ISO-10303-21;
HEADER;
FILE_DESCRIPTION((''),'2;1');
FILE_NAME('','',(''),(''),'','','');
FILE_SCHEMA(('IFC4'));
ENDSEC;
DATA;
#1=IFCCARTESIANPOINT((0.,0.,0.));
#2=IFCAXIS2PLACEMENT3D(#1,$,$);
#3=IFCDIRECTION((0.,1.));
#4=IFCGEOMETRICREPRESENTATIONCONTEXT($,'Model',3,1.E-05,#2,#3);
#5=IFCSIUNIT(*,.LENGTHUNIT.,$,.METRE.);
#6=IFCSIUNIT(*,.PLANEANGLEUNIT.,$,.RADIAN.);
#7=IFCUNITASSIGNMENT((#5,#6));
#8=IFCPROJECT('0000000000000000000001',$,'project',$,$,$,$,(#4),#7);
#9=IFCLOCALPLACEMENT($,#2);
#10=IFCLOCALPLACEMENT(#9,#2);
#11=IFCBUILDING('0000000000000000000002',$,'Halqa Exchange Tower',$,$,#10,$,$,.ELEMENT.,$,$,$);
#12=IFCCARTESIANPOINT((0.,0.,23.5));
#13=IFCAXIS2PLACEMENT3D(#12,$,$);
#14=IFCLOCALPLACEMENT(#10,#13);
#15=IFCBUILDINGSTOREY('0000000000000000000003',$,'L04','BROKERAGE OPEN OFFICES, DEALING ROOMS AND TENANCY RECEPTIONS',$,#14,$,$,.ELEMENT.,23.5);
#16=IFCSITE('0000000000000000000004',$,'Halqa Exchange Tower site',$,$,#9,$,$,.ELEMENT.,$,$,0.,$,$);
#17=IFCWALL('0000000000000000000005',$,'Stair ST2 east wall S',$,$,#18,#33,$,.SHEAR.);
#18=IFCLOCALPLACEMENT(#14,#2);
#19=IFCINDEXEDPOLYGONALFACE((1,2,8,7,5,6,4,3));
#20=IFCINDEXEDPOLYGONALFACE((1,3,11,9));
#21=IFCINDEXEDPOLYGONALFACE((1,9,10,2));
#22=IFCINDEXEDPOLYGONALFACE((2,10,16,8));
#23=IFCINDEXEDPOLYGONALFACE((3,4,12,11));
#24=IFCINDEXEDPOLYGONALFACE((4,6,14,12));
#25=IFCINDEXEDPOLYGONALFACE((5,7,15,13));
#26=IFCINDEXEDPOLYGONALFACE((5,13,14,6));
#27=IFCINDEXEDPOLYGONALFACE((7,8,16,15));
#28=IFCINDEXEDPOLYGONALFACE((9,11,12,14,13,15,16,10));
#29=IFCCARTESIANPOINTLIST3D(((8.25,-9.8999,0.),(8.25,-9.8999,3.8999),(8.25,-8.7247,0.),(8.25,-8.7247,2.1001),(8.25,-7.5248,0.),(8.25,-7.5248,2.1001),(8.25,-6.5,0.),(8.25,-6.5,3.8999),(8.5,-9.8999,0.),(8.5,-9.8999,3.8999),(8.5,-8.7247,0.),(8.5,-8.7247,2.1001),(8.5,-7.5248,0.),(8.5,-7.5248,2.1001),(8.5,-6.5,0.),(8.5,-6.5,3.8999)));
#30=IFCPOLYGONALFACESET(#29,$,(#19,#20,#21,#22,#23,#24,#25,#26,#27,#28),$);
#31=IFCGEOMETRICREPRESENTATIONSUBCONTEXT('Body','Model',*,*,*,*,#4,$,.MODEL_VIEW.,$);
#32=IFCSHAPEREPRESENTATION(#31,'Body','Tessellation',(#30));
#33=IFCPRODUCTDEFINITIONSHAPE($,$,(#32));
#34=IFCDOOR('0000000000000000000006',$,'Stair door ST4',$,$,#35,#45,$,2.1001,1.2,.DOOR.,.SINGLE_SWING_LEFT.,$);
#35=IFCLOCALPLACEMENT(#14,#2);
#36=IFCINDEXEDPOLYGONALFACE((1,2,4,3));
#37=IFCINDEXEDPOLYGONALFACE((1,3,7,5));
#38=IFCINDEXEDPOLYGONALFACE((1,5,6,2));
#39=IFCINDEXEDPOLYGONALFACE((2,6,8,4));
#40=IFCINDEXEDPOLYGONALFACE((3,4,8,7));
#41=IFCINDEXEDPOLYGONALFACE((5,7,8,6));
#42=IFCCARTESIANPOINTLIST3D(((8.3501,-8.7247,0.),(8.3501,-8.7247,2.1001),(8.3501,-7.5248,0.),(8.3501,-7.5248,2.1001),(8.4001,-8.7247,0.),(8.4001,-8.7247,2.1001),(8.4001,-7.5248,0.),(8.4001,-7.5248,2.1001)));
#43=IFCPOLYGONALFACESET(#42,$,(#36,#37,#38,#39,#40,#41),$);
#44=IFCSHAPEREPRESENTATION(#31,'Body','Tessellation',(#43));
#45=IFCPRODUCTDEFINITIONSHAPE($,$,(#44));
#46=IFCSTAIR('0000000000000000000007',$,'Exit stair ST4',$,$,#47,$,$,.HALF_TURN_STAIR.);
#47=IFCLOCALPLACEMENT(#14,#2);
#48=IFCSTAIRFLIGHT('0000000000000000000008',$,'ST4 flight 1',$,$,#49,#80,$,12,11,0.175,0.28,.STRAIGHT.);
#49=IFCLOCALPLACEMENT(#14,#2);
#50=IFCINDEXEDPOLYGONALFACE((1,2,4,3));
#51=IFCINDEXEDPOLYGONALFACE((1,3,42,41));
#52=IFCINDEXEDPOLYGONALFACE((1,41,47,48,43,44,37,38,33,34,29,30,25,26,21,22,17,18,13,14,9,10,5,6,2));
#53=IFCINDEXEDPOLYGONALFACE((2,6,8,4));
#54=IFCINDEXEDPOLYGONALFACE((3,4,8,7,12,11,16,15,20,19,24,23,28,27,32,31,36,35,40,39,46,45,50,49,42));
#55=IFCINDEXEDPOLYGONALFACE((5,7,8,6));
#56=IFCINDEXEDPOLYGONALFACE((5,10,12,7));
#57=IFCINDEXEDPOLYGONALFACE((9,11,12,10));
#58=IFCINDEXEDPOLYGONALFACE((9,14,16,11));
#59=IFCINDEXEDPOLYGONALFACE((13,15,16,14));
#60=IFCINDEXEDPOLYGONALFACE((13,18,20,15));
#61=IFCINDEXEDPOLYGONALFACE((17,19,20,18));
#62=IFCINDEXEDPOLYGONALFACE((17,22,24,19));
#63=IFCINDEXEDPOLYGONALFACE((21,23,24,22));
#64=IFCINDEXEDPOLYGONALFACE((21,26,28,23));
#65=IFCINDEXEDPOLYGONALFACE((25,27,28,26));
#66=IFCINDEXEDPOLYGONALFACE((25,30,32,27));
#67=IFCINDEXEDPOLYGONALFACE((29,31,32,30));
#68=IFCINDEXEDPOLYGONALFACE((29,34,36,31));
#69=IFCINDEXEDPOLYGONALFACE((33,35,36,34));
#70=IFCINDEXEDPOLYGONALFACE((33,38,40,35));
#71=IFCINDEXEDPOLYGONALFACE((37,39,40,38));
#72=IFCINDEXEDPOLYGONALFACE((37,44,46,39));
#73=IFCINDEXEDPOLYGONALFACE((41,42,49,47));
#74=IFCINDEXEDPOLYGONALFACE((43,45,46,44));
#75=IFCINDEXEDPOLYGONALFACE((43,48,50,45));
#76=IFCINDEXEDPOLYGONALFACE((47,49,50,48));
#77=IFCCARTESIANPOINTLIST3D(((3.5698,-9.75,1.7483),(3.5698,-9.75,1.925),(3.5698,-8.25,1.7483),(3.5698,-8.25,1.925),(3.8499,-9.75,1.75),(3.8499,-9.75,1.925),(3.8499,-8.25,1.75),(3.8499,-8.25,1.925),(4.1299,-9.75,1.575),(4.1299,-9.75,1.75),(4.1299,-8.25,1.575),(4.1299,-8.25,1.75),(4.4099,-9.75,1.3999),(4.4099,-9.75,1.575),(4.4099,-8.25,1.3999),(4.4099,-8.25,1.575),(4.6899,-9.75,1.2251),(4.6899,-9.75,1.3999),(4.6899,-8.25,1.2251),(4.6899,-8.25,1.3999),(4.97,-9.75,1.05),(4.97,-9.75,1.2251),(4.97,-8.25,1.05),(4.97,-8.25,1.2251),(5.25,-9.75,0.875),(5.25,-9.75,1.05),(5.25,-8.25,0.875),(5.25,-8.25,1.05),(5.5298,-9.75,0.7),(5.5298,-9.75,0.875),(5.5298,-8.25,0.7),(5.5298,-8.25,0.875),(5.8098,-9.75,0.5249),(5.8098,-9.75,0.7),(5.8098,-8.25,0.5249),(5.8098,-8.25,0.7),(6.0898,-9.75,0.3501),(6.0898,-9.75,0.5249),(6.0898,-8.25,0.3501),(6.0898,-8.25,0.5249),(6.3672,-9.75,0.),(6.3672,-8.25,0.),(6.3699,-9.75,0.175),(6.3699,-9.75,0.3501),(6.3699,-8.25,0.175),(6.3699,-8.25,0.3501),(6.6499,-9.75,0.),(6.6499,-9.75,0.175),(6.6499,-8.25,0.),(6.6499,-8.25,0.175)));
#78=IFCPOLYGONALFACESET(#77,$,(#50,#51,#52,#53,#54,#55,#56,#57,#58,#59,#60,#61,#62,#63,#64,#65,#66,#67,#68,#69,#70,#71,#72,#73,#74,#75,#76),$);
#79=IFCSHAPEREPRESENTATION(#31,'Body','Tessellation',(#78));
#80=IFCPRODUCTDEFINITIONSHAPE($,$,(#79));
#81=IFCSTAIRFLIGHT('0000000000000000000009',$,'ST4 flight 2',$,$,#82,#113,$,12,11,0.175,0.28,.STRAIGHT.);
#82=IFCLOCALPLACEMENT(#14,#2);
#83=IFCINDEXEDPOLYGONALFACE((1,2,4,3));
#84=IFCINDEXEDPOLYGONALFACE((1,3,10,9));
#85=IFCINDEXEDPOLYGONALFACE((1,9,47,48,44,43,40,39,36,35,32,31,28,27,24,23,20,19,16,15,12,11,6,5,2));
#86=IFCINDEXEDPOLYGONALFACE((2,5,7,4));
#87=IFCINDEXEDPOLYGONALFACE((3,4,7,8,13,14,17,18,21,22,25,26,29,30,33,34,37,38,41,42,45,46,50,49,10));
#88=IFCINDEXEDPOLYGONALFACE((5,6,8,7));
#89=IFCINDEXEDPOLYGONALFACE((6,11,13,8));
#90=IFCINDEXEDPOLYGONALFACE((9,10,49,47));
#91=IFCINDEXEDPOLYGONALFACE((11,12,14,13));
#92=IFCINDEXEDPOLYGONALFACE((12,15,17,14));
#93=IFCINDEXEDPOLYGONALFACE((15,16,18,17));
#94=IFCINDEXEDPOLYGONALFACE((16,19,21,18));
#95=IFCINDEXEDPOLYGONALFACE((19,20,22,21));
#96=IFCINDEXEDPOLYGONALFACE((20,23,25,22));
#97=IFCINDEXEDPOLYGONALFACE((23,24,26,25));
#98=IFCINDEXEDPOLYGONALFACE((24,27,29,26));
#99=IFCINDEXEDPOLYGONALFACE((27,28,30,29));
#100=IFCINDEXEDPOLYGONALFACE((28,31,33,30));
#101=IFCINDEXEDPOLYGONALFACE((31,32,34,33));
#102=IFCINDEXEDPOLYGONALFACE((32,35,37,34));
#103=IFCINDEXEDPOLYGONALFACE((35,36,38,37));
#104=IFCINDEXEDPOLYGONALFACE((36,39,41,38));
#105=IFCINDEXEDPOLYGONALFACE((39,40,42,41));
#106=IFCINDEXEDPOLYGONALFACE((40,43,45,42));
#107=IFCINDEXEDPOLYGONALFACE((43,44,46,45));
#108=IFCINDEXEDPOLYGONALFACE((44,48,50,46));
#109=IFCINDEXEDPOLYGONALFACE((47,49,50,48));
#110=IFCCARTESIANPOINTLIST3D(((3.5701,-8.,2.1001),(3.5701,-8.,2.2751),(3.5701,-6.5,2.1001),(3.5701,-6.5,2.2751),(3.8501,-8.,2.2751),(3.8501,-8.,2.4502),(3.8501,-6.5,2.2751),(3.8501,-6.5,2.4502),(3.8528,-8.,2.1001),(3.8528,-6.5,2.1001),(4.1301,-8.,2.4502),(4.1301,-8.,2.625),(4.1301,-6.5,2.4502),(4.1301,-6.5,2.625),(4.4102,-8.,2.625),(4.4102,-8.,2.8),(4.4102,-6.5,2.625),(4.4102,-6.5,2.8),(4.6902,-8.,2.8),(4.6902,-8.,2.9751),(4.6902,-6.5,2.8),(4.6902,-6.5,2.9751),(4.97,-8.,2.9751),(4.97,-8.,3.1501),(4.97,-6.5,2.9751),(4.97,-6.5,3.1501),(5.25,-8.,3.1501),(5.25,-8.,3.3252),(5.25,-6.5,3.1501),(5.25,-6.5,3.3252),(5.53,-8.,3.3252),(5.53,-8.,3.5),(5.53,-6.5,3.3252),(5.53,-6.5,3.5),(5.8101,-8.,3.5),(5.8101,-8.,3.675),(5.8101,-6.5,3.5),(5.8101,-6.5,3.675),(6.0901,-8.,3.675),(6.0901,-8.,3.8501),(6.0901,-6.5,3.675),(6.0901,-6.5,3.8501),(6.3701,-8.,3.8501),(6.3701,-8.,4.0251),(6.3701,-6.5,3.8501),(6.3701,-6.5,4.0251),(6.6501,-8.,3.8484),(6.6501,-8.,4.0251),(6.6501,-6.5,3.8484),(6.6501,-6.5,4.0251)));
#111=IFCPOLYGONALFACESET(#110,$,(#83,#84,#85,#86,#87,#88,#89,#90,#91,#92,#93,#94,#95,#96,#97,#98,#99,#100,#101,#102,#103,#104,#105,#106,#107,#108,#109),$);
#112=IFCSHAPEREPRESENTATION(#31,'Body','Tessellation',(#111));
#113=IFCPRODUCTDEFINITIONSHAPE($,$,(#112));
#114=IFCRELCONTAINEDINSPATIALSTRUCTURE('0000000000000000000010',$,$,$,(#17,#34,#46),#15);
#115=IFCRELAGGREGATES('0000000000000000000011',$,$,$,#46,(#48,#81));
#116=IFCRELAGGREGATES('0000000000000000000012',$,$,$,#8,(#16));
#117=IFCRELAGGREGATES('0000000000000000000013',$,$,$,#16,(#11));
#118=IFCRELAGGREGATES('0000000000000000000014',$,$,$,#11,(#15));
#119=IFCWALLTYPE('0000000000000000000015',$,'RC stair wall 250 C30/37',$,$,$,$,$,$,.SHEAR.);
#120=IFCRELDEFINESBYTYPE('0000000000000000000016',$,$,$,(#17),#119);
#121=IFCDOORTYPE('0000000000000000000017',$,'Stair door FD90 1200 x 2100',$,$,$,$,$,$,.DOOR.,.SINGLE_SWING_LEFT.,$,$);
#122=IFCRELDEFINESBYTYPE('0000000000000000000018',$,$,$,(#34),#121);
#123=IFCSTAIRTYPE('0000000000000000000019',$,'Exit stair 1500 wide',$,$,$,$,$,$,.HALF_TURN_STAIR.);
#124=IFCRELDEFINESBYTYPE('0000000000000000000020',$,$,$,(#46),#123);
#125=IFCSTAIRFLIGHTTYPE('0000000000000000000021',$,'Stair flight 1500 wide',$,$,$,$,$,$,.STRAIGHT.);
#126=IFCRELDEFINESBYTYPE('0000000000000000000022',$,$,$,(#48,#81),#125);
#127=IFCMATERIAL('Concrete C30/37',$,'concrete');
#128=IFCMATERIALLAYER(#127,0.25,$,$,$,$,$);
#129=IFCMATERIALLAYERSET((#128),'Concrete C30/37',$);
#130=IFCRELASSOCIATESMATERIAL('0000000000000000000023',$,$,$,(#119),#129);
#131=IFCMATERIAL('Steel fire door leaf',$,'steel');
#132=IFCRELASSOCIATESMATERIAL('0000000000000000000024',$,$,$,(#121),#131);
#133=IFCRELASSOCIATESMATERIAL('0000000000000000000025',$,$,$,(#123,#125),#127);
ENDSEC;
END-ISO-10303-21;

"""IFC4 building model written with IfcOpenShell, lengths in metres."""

from ifc_helpers import new_model, si_unit, direction, frame, frame_2d, origin, place, context, subcontext, project, spatial, polyline, rectangle, outline, extrude, material, layer, layer_set, type_object, element, fill, aggregate, save


model = new_model("IFC4")

# Units and contexts
model_context = context("Model", 3, precision=1e-05, world=origin(), true_north=direction((0.0, 1.0)))
body_context = subcontext(model_context, "Body", "Model", "MODEL_VIEW")
ifc_project = project(units=[si_unit("LENGTHUNIT", "METRE"), si_unit("PLANEANGLEUNIT", "RADIAN")], contexts=[model_context])

# Site, building, storey
site_placement = place(None, origin())
site = spatial("IfcSite", under=ifc_project, at=site_placement, Name="Halqa Exchange Tower site", CompositionType="ELEMENT", RefElevation=0.0)
building_placement = place(site_placement, origin())
building = spatial("IfcBuilding", under=site, at=building_placement, Name="Halqa Exchange Tower", CompositionType="ELEMENT")
storey_placement = place(building_placement, frame((0.0, 0.0, 23.5)))
storey = spatial("IfcBuildingStorey", under=building, at=storey_placement, Name="L04", Description="BROKERAGE OPEN OFFICES, DEALING ROOMS AND TENANCY RECEPTIONS", CompositionType="ELEMENT", Elevation=23.5)

# Shared definitions
ifc_material_1 = material(Name="Steel fire door leaf", Category="steel")

# Shared definitions
ifc_material_2 = material(Name="Concrete C30/37", Category="concrete")
ifc_layer_1 = layer(ifc_material_2, 0.25)
ifc_layer_set_1 = layer_set([ifc_layer_1], Name="Concrete C30/37")
wall_type_1 = type_object("IfcWallType", Name="RC stair wall 250 C30/37", PredefinedType="SHEAR", material=ifc_layer_set_1)

# Wall, opening, door
wall_1_placement = place(storey_placement, frame((8.375, -9.8999, 0.0), z_axis=(0.0, 0.0, 1.0), x_axis=(0.0, 1.0, 0.0)))
wall_1 = element("IfcWall", 1, at=wall_1_placement, inside=storey, type_object=wall_type_1, Name="Stair ST2 east wall S", PredefinedType="SHEAR", context=body_context, shape_type="SweptSolid", body=[
    extrude(rectangle(XDim=3.3999, YDim=0.25, at=frame_2d((1.7, 0.0))), origin(), (0.0, 0.0, 1.0), 3.8999),
])
opening_1_placement = place(wall_1_placement, frame((1.175, 0.0, 0.0)))
opening_1 = element("IfcOpeningElement", 2, at=opening_1_placement, cuts=wall_1, PredefinedType="OPENING", context=body_context, shape_type="SweptSolid", body=[
    extrude(rectangle(XDim=1.2, YDim=2.1001, at=frame_2d((0.6001, 1.05))), frame((0.0, 0.137, 0.0), z_axis=(0.0, -1.0, 0.0), x_axis=(1.0, 0.0, 0.0)), (0.0, 0.0, 1.0), 0.2739),
])
door_type_1 = type_object("IfcDoorType", Name="Stair door FD90 1200 x 2100", OperationType="SINGLE_SWING_LEFT", PredefinedType="DOOR", material=ifc_material_1)
door_1_placement = place(opening_1_placement, origin())
door_1 = element("IfcDoor", 3, at=door_1_placement, inside=storey, type_object=door_type_1, Name="Stair door ST4", OperationType="SINGLE_SWING_LEFT", OverallHeight=2.1001, OverallWidth=1.2, PredefinedType="DOOR", context=body_context, shape_type="SweptSolid", body=[
    extrude(rectangle(XDim=1.2, YDim=2.1001, at=frame_2d((0.6001, 1.05))), frame((0.0, 0.0249, 0.0), z_axis=(0.0, -1.0, 0.0), x_axis=(1.0, 0.0, 0.0)), (0.0, 0.0, 1.0), 0.05),
])
fill(opening_1, door_1)

# Stair, stair flights
stair_type = type_object("IfcStairType", Name="Exit stair 1500 wide", PredefinedType="HALF_TURN_STAIR", material=ifc_material_2)
stair_placement = place(storey_placement, origin())
stair = element("IfcStair", 4, at=stair_placement, inside=storey, type_object=stair_type, Name="Exit stair ST4", PredefinedType="HALF_TURN_STAIR")
stair_flight_type = type_object("IfcStairFlightType", Name="Stair flight 1500 wide", PredefinedType="STRAIGHT", material=ifc_material_2)
stair_flight_1_placement = place(storey_placement, frame((6.6499, -9.0, 0.0), z_axis=(0.0, 0.0, 1.0), x_axis=(-1.0, 0.0, 0.0)))
stair_flight_1 = element("IfcStairFlight", 5, at=stair_flight_1_placement, type_object=stair_flight_type, Name="ST4 flight 1", NumberOfRisers=12, NumberOfTreads=11, PredefinedType="STRAIGHT", RiserHeight=0.175, TreadLength=0.28, context=body_context, shape_type="SweptSolid", body=[
    extrude(outline(polyline([(0.0, 0.0), (0.0, 0.175), (0.28, 0.175), (0.28, 0.3501), (0.5601, 0.3501), (0.5601, 0.5249), (0.8401, 0.5249), (0.8401, 0.7), (1.1201, 0.7), (1.1201, 0.875), (1.3999, 0.875), (1.3999, 1.05), (1.6799, 1.05), (1.6799, 1.2251), (1.96, 1.2251), (1.96, 1.3999), (2.24, 1.3999), (2.24, 1.575), (2.52, 1.575), (2.52, 1.75), (2.8, 1.75), (2.8, 1.925), (3.0801, 1.925), (3.0801, 2.1001), (3.0801, 1.7483), (0.2827, 0.0), (0.0, 0.0)])), frame((0.0, 0.75, 0.0), z_axis=(0.0, -1.0, 0.0), x_axis=(1.0, 0.0, 0.0)), (0.0, 0.0, 1.0), 1.5),
])
stair_flight_2_placement = place(storey_placement, frame((3.5701, -7.25, 2.1001), z_axis=(0.0, 0.0, 1.0), x_axis=(1.0, 0.0, 0.0)))
stair_flight_2 = element("IfcStairFlight", 6, at=stair_flight_2_placement, type_object=stair_flight_type, Name="ST4 flight 2", NumberOfRisers=12, NumberOfTreads=11, PredefinedType="STRAIGHT", RiserHeight=0.175, TreadLength=0.28, context=body_context, shape_type="SweptSolid", body=[
    extrude(outline(polyline([(0.0, 0.0), (0.0, 0.175), (0.28, 0.175), (0.28, 0.3501), (0.5601, 0.3501), (0.5601, 0.5249), (0.8401, 0.5249), (0.8401, 0.7), (1.1201, 0.7), (1.1201, 0.875), (1.3999, 0.875), (1.3999, 1.05), (1.6799, 1.05), (1.6799, 1.2251), (1.96, 1.2251), (1.96, 1.3999), (2.24, 1.3999), (2.24, 1.575), (2.52, 1.575), (2.52, 1.75), (2.8, 1.75), (2.8, 1.925), (3.0801, 1.925), (3.0801, 2.1001), (3.0801, 1.7483), (0.2827, 0.0), (0.0, 0.0)])), frame((0.0, 0.75, 0.0), z_axis=(0.0, -1.0, 0.0), x_axis=(1.0, 0.0, 0.0)), (0.0, 0.0, 1.0), 1.5),
])
aggregate(stair, [stair_flight_1, stair_flight_2])

save(model, "model.ifc")
